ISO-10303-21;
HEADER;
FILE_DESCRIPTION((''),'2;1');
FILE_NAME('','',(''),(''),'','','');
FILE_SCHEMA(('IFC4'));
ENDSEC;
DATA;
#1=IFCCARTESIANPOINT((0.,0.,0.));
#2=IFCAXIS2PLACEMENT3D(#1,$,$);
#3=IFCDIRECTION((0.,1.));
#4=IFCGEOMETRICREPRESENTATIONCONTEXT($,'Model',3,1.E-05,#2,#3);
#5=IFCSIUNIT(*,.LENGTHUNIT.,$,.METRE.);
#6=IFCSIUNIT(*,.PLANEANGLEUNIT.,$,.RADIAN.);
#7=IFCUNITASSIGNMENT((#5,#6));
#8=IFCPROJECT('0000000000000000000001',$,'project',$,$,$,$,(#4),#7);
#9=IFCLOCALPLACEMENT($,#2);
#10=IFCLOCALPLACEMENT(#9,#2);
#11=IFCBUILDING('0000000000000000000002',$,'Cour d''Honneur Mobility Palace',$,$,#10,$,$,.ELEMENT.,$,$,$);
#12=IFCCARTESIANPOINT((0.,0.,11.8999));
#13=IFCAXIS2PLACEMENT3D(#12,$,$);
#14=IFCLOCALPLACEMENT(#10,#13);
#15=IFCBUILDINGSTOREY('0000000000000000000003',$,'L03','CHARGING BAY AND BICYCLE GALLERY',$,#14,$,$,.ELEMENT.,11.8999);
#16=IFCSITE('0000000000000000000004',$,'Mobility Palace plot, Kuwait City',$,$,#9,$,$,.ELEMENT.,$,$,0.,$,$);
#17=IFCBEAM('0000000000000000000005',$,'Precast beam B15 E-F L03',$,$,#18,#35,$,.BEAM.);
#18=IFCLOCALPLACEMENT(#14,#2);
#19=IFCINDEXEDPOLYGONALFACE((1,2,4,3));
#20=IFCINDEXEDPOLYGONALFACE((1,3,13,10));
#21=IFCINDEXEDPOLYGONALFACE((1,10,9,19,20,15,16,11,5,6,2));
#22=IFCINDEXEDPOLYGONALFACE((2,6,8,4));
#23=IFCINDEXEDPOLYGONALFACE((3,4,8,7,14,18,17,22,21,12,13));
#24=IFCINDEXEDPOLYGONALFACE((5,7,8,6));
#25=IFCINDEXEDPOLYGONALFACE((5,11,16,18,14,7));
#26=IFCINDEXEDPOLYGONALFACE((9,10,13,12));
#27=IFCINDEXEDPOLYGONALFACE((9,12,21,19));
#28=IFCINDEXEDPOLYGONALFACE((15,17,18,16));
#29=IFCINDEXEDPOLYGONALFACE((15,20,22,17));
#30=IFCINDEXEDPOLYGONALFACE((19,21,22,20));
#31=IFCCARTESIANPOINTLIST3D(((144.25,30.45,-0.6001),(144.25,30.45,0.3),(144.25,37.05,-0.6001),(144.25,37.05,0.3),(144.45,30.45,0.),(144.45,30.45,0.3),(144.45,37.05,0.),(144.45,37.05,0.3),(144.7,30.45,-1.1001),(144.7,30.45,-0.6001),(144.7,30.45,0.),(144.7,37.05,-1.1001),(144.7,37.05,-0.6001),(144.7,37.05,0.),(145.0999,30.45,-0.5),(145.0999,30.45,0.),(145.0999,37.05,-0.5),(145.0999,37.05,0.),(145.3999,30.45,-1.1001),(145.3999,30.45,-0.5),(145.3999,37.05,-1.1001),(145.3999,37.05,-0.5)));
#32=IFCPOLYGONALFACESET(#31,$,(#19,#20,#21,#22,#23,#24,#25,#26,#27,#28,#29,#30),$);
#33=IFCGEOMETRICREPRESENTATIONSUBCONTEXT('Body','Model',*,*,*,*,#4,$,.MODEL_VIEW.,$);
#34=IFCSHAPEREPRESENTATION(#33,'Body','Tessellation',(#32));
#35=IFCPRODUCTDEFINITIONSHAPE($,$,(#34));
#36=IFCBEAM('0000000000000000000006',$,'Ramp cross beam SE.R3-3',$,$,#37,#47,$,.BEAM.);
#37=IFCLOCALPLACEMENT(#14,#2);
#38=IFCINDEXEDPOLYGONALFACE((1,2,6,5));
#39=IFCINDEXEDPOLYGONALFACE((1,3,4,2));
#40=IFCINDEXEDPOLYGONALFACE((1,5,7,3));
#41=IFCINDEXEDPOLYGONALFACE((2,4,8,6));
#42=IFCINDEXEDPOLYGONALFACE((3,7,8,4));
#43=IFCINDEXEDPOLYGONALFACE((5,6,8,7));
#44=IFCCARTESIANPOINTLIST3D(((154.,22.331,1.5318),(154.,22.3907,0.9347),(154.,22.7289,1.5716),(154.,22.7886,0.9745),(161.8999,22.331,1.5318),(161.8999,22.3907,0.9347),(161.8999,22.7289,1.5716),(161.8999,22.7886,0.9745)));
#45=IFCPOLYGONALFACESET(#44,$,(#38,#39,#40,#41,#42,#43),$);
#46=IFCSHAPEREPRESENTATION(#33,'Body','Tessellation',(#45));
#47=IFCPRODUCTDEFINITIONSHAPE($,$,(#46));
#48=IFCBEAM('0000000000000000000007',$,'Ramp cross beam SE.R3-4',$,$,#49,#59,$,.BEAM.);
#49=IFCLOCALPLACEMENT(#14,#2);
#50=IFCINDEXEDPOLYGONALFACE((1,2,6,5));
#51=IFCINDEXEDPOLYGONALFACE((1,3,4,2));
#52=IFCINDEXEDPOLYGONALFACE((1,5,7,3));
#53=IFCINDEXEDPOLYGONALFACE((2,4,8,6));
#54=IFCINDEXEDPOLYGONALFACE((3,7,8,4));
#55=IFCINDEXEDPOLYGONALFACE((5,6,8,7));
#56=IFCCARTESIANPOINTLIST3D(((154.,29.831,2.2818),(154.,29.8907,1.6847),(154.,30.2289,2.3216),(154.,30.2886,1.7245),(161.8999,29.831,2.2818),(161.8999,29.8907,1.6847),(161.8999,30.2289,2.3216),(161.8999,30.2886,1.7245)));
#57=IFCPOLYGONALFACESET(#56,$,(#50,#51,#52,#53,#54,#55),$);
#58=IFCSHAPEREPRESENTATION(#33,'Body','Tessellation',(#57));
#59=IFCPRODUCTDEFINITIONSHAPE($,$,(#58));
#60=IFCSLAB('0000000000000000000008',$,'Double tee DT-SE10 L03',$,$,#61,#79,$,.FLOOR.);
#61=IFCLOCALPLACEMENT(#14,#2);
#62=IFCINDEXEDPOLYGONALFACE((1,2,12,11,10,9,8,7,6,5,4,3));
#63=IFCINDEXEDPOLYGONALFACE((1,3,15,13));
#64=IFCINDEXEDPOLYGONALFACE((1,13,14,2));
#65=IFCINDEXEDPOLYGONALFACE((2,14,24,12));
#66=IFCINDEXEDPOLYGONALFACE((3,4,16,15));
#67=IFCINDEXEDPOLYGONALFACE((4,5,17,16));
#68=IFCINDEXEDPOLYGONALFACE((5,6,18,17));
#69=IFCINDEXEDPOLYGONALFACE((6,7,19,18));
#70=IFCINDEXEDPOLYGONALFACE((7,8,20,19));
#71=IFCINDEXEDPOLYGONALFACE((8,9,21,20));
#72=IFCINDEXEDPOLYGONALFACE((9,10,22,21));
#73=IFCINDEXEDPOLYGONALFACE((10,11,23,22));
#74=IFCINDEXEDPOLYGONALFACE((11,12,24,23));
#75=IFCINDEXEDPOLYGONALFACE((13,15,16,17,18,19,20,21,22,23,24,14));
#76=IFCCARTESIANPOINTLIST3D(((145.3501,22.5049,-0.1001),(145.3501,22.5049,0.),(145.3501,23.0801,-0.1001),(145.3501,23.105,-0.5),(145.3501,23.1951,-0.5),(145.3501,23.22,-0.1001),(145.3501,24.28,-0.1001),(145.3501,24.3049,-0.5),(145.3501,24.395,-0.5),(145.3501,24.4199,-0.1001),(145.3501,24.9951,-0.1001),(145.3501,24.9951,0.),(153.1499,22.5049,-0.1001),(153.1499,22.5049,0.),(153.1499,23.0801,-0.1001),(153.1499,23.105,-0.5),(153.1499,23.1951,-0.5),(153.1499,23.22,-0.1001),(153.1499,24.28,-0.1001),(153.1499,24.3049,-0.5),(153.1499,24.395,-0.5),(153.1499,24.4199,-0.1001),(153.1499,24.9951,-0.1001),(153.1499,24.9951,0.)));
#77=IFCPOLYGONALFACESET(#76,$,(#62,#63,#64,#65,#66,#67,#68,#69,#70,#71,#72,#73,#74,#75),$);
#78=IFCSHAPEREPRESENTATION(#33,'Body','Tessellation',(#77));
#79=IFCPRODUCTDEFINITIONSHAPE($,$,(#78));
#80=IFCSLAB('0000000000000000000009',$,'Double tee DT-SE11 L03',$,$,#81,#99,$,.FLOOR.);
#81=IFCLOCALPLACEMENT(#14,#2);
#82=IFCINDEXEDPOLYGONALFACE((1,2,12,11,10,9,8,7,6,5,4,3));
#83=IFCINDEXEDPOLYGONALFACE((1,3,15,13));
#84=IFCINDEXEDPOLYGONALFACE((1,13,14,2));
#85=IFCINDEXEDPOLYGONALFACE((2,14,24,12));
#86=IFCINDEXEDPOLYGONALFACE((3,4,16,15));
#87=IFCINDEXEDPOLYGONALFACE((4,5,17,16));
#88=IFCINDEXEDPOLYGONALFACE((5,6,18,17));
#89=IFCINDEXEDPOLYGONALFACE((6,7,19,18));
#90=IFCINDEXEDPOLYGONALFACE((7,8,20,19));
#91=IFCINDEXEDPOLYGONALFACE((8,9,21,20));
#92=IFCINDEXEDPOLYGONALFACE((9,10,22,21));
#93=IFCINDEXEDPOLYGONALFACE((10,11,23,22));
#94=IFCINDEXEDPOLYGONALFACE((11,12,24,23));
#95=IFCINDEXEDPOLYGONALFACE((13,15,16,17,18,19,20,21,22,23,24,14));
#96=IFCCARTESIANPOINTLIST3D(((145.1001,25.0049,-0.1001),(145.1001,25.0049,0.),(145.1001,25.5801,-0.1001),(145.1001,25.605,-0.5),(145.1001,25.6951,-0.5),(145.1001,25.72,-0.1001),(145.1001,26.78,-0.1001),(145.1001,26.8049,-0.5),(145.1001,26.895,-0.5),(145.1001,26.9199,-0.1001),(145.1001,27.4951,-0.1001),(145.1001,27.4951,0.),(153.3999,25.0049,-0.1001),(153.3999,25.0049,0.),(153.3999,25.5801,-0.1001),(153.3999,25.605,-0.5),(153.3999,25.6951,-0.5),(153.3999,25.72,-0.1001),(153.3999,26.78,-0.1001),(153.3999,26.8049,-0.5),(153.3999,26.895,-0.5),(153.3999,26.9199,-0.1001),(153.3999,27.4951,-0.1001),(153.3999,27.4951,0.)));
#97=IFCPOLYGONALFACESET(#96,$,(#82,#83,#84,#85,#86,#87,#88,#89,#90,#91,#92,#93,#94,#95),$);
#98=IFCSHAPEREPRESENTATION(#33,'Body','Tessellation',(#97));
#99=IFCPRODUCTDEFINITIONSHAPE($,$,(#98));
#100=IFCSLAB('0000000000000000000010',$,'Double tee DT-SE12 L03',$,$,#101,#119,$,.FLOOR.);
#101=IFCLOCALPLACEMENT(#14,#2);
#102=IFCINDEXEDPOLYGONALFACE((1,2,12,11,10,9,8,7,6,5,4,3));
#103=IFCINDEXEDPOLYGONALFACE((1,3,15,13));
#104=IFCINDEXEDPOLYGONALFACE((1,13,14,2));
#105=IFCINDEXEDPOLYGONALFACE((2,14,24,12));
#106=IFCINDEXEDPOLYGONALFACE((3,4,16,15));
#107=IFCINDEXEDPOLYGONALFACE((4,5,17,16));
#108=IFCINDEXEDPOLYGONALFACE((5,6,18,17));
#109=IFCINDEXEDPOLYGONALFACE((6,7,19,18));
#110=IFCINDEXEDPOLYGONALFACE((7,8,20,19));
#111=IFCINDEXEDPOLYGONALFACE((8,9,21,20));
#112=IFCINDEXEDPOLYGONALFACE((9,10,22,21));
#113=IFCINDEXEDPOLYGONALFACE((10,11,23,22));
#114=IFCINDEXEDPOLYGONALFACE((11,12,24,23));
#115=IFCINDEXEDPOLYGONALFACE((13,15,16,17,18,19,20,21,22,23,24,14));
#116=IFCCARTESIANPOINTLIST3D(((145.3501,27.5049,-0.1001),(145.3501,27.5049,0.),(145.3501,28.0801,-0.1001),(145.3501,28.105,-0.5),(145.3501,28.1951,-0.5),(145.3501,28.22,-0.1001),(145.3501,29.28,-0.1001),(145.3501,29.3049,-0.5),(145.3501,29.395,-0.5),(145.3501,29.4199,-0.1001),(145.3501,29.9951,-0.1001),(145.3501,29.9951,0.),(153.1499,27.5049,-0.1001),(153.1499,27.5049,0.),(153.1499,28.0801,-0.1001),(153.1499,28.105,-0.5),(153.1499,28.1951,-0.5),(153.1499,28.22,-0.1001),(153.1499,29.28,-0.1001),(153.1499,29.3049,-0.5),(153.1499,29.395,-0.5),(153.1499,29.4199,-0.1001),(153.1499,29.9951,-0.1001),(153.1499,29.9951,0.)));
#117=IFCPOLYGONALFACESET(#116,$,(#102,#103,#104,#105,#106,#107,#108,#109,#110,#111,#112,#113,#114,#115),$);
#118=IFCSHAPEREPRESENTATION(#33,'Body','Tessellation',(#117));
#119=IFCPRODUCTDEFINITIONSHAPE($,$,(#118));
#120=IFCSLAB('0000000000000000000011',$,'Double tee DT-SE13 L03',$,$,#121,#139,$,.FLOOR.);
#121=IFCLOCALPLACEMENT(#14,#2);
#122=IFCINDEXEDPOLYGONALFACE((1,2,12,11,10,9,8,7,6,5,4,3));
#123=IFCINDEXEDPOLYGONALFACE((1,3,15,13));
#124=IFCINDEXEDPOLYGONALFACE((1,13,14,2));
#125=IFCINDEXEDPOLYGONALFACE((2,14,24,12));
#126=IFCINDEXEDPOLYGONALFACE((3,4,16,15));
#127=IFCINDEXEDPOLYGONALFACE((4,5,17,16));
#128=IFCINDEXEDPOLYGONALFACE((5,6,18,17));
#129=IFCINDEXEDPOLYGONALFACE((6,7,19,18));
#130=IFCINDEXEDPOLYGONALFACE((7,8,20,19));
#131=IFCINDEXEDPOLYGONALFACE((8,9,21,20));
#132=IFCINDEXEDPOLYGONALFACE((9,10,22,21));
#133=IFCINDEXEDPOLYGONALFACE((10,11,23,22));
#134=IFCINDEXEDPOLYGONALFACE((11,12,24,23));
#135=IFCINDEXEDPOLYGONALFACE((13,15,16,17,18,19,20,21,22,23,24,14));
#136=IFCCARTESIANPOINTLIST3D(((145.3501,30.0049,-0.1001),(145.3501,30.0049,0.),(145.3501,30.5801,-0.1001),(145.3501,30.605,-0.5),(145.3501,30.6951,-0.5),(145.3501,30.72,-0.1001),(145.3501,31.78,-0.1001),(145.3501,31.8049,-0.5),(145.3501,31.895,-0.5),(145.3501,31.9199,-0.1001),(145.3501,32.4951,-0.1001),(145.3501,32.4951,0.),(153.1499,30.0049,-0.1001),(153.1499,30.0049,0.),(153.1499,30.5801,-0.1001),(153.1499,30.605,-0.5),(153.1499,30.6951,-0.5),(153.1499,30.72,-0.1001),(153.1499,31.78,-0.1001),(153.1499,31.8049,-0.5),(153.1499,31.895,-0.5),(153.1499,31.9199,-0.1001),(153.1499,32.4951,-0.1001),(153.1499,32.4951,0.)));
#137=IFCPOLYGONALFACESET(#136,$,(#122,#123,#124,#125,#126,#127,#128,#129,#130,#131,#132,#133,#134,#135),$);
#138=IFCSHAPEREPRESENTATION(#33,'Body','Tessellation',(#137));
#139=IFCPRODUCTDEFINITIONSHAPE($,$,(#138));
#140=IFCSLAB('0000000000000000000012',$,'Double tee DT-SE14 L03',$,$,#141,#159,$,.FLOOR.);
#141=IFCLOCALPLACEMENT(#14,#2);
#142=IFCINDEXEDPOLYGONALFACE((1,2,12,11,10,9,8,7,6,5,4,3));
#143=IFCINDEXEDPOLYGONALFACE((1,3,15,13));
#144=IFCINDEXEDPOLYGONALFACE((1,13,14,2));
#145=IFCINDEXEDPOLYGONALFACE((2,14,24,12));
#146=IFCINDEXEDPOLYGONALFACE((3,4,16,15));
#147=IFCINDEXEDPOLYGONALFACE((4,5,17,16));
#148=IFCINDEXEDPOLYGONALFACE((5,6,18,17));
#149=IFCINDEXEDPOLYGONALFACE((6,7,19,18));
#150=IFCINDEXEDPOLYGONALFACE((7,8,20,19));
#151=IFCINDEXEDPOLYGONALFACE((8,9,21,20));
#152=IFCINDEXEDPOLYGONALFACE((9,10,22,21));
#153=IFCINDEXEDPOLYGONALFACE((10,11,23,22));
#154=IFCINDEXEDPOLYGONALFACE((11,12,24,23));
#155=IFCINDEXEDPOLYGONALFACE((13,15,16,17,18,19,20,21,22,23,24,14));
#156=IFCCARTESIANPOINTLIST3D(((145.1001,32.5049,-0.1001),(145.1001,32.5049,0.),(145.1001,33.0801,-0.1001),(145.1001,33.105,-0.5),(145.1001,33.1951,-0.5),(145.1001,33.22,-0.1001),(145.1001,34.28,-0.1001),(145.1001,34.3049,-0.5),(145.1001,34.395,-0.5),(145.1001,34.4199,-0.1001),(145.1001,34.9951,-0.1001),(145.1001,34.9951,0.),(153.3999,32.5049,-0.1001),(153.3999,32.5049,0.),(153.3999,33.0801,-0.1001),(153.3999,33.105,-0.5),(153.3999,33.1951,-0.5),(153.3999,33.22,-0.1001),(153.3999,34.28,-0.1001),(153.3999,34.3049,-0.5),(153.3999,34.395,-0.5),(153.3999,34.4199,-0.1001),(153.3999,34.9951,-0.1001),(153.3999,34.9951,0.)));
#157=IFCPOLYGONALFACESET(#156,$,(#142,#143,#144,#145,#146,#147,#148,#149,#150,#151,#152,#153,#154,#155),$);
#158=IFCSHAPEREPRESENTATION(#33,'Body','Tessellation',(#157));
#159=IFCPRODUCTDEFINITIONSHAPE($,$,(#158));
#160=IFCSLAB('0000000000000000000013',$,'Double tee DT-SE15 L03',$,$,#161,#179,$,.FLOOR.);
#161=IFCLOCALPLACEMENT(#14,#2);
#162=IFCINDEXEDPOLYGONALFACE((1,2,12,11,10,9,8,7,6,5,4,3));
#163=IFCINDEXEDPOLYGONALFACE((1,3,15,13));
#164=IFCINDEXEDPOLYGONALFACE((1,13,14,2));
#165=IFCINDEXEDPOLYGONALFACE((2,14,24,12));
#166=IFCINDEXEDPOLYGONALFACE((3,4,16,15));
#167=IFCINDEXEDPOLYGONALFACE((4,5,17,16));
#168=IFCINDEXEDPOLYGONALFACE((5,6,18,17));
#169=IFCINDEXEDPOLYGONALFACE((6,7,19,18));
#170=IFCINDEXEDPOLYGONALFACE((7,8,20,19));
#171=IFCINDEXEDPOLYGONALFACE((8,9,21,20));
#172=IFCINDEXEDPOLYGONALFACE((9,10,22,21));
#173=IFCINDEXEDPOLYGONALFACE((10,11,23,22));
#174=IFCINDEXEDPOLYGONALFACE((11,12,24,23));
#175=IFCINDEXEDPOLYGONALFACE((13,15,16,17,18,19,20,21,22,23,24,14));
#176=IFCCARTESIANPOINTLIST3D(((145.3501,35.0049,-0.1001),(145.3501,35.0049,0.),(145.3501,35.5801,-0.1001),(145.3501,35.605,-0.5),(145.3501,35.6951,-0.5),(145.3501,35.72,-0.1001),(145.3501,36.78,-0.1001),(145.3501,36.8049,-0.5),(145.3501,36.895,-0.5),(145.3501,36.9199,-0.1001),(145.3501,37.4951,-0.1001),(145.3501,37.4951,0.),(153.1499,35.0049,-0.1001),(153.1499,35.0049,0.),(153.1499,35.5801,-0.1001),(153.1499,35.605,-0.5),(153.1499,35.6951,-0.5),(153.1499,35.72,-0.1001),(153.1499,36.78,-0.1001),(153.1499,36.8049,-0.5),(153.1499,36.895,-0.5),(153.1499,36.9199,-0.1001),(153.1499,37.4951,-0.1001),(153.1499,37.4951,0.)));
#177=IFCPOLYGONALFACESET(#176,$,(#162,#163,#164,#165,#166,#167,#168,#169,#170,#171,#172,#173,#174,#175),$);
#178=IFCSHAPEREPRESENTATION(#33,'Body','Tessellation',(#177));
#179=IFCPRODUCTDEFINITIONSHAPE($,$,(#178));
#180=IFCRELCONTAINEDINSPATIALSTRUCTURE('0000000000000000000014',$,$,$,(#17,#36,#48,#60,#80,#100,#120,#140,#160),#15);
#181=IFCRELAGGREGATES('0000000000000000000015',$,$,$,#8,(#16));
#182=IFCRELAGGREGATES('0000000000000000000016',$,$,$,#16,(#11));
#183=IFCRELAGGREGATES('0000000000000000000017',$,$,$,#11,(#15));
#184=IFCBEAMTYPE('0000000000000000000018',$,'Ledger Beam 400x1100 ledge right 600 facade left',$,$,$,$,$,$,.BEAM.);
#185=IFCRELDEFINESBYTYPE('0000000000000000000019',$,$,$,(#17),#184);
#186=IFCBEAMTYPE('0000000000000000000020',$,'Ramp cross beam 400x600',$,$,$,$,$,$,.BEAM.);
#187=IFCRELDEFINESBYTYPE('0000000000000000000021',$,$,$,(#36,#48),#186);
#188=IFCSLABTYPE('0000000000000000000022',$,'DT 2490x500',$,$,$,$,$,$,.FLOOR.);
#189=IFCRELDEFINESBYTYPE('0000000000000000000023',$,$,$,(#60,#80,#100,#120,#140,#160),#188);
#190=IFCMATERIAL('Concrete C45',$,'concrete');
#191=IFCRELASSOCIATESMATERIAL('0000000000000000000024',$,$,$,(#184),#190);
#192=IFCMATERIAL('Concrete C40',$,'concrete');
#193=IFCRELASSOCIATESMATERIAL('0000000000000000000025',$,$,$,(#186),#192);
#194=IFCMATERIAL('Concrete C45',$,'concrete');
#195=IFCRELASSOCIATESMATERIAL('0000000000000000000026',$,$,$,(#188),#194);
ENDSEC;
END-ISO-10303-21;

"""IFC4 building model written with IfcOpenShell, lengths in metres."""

from ifc_helpers import new_model, si_unit, direction, frame, origin, origin_2d, place, context, subcontext, project, spatial, polyline, rectangle, outline, extrude, material, material_profile, profile_set, type_object, element, save


model = new_model("IFC4")

# Units and contexts
model_context = context("Model", 3, precision=1e-05, world=origin(), true_north=direction((0.0, 1.0)))
body_context = subcontext(model_context, "Body", "Model", "MODEL_VIEW")
ifc_project = project(units=[si_unit("LENGTHUNIT", "METRE"), si_unit("PLANEANGLEUNIT", "RADIAN")], contexts=[model_context])

# Site, building, storey
site_placement = place(None, origin())
site = spatial("IfcSite", under=ifc_project, at=site_placement, Name="Mobility Palace plot, Kuwait City", CompositionType="ELEMENT", RefElevation=0.0)
building_placement = place(site_placement, origin())
building = spatial("IfcBuilding", under=site, at=building_placement, Name="Cour d'Honneur Mobility Palace", CompositionType="ELEMENT")
storey_placement = place(building_placement, frame((0.0, 0.0, 11.8999)))
storey = spatial("IfcBuildingStorey", under=building, at=storey_placement, Name="L03", Description="CHARGING BAY AND BICYCLE GALLERY", CompositionType="ELEMENT", Elevation=11.8999)

# Beams
ifc_material_1 = material(Name="Concrete C45", Category="concrete")
ifc_material_profile_1 = material_profile(ifc_material_1, outline(polyline([(0.2, -1.1001), (0.2, -0.6001), (0.6499, -0.6001), (0.6499, 0.3), (0.45, 0.3), (0.45, 0.0), (0.2, 0.0), (-0.2, 0.0), (-0.2, -0.5), (-0.5, -0.5), (-0.5, -1.1001), (0.2, -1.1001)])), Name="Ledger Beam 400x1100 ledge right 600 facade left")
ifc_profile_set_1 = profile_set([ifc_material_profile_1], Name="Concrete C45")
beam_type_1 = type_object("IfcBeamType", Name="Ledger Beam 400x1100 ledge right 600 facade left", PredefinedType="BEAM", material=ifc_profile_set_1)
for number, where, z_axis, x_axis, name in (
    (1, (144.8999, 30.45, 0.0), (0.0, 1.0, 0.0), (-1.0, 0.0, 0.0), "Precast beam B15 E-F L03"),
):
    element("IfcBeam", number, at=place(storey_placement, frame(where, z_axis=z_axis, x_axis=x_axis)), inside=storey, type_object=beam_type_1, Name=name, PredefinedType="BEAM", context=body_context, shape_type="SweptSolid", body=[
        extrude(outline(polyline([(0.2, -1.1001), (0.2, -0.6001), (0.6499, -0.6001), (0.6499, 0.3), (0.45, 0.3), (0.45, 0.0), (0.2, 0.0), (-0.2, 0.0), (-0.2, -0.5), (-0.5, -0.5), (-0.5, -1.1001), (0.2, -1.1001)])), origin(), (0.0, 0.0, 1.0), 6.6001),
    ])
ifc_material_2 = material(Name="Concrete C40", Category="concrete")
ifc_material_profile_2 = material_profile(ifc_material_2, rectangle(XDim=0.3999, YDim=0.6001, at=origin_2d()), Name="Ramp cross beam 400x600")
ifc_profile_set_2 = profile_set([ifc_material_profile_2], Name="Concrete C40")
beam_type_2 = type_object("IfcBeamType", Name="Ramp cross beam 400x600", PredefinedType="BEAM", material=ifc_profile_set_2)
for number, where, z_axis, x_axis, name in (
    (2, (161.8999, 22.5598, 1.2532), (-1.0, 0.0, 0.0), (0.0, -0.995037, -0.099504), "Ramp cross beam SE.R3-3"),
    (3, (161.8999, 30.0598, 2.0032), (-1.0, 0.0, 0.0), (0.0, -0.995037, -0.099504), "Ramp cross beam SE.R3-4"),
):
    element("IfcBeam", number, at=place(storey_placement, frame(where, z_axis=z_axis, x_axis=x_axis)), inside=storey, type_object=beam_type_2, Name=name, PredefinedType="BEAM", context=body_context, shape_type="SweptSolid", body=[
        extrude(rectangle(XDim=0.3999, YDim=0.6001, at=origin_2d()), origin(), (0.0, 0.0, 1.0), 7.8999),
    ])

# Slabs
ifc_material_3 = material(Name="Concrete C45", Category="concrete")
ifc_material_profile_3 = material_profile(ifc_material_3, outline(polyline([(-1.2451, 0.0), (1.2451, 0.0), (1.2451, -0.1001), (0.6699, -0.1001), (0.645, -0.5), (0.5549, -0.5), (0.53, -0.1001), (-0.53, -0.1001), (-0.5549, -0.5), (-0.645, -0.5), (-0.6699, -0.1001), (-1.2451, -0.1001), (-1.2451, 0.0)])), Name="DT 2490x500")
ifc_profile_set_3 = profile_set([ifc_material_profile_3], Name="Concrete C45")
slab_type = type_object("IfcSlabType", Name="DT 2490x500", PredefinedType="FLOOR", material=ifc_profile_set_3)
slab_1_placement = place(storey_placement, frame((145.3501, 23.75, 0.0), z_axis=(1.0, 0.0, 0.0), x_axis=(0.0, 1.0, 0.0)))
element("IfcSlab", 4, at=slab_1_placement, inside=storey, type_object=slab_type, Name="Double tee DT-SE10 L03", PredefinedType="FLOOR", context=body_context, shape_type="SweptSolid", body=[
    extrude(outline(polyline([(-1.2451, 0.0), (1.2451, 0.0), (1.2451, -0.1001), (0.6699, -0.1001), (0.645, -0.5), (0.5549, -0.5), (0.53, -0.1001), (-0.53, -0.1001), (-0.5549, -0.5), (-0.645, -0.5), (-0.6699, -0.1001), (-1.2451, -0.1001), (-1.2451, 0.0)])), origin(), (0.0, 0.0, 1.0), 7.7998),
])
slab_2_placement = place(storey_placement, frame((145.1001, 26.25, 0.0), z_axis=(1.0, 0.0, 0.0), x_axis=(0.0, 1.0, 0.0)))
element("IfcSlab", 5, at=slab_2_placement, inside=storey, type_object=slab_type, Name="Double tee DT-SE11 L03", PredefinedType="FLOOR", context=body_context, shape_type="SweptSolid", body=[
    extrude(outline(polyline([(-1.2451, 0.0), (1.2451, 0.0), (1.2451, -0.1001), (0.6699, -0.1001), (0.645, -0.5), (0.5549, -0.5), (0.53, -0.1001), (-0.53, -0.1001), (-0.5549, -0.5), (-0.645, -0.5), (-0.6699, -0.1001), (-1.2451, -0.1001), (-1.2451, 0.0)])), origin(), (0.0, 0.0, 1.0), 8.2998),
])
for number, where, z_axis, x_axis, name in (
    (6, (145.3501, 28.75, 0.0), (1.0, 0.0, 0.0), (0.0, 1.0, 0.0), "Double tee DT-SE12 L03"),
    (7, (145.3501, 31.25, 0.0), (1.0, 0.0, 0.0), (0.0, 1.0, 0.0), "Double tee DT-SE13 L03"),
):
    element("IfcSlab", number, at=place(storey_placement, frame(where, z_axis=z_axis, x_axis=x_axis)), inside=storey, type_object=slab_type, Name=name, PredefinedType="FLOOR", context=body_context, shape_type="SweptSolid", body=[
        extrude(outline(polyline([(-1.2451, 0.0), (1.2451, 0.0), (1.2451, -0.1001), (0.6699, -0.1001), (0.645, -0.5), (0.5549, -0.5), (0.53, -0.1001), (-0.53, -0.1001), (-0.5549, -0.5), (-0.645, -0.5), (-0.6699, -0.1001), (-1.2451, -0.1001), (-1.2451, 0.0)])), origin(), (0.0, 0.0, 1.0), 7.7998),
    ])
slab_3_placement = place(storey_placement, frame((145.1001, 33.75, 0.0), z_axis=(1.0, 0.0, 0.0), x_axis=(0.0, 1.0, 0.0)))
element("IfcSlab", 8, at=slab_3_placement, inside=storey, type_object=slab_type, Name="Double tee DT-SE14 L03", PredefinedType="FLOOR", context=body_context, shape_type="SweptSolid", body=[
    extrude(outline(polyline([(-1.2451, 0.0), (1.2451, 0.0), (1.2451, -0.1001), (0.6699, -0.1001), (0.645, -0.5), (0.5549, -0.5), (0.53, -0.1001), (-0.53, -0.1001), (-0.5549, -0.5), (-0.645, -0.5), (-0.6699, -0.1001), (-1.2451, -0.1001), (-1.2451, 0.0)])), origin(), (0.0, 0.0, 1.0), 8.2998),
])
slab_4_placement = place(storey_placement, frame((145.3501, 36.25, 0.0), z_axis=(1.0, 0.0, 0.0), x_axis=(0.0, 1.0, 0.0)))
element("IfcSlab", 9, at=slab_4_placement, inside=storey, type_object=slab_type, Name="Double tee DT-SE15 L03", PredefinedType="FLOOR", context=body_context, shape_type="SweptSolid", body=[
    extrude(outline(polyline([(-1.2451, 0.0), (1.2451, 0.0), (1.2451, -0.1001), (0.6699, -0.1001), (0.645, -0.5), (0.5549, -0.5), (0.53, -0.1001), (-0.53, -0.1001), (-0.5549, -0.5), (-0.645, -0.5), (-0.6699, -0.1001), (-1.2451, -0.1001), (-1.2451, 0.0)])), origin(), (0.0, 0.0, 1.0), 7.7998),
])

save(model, "model.ifc")
